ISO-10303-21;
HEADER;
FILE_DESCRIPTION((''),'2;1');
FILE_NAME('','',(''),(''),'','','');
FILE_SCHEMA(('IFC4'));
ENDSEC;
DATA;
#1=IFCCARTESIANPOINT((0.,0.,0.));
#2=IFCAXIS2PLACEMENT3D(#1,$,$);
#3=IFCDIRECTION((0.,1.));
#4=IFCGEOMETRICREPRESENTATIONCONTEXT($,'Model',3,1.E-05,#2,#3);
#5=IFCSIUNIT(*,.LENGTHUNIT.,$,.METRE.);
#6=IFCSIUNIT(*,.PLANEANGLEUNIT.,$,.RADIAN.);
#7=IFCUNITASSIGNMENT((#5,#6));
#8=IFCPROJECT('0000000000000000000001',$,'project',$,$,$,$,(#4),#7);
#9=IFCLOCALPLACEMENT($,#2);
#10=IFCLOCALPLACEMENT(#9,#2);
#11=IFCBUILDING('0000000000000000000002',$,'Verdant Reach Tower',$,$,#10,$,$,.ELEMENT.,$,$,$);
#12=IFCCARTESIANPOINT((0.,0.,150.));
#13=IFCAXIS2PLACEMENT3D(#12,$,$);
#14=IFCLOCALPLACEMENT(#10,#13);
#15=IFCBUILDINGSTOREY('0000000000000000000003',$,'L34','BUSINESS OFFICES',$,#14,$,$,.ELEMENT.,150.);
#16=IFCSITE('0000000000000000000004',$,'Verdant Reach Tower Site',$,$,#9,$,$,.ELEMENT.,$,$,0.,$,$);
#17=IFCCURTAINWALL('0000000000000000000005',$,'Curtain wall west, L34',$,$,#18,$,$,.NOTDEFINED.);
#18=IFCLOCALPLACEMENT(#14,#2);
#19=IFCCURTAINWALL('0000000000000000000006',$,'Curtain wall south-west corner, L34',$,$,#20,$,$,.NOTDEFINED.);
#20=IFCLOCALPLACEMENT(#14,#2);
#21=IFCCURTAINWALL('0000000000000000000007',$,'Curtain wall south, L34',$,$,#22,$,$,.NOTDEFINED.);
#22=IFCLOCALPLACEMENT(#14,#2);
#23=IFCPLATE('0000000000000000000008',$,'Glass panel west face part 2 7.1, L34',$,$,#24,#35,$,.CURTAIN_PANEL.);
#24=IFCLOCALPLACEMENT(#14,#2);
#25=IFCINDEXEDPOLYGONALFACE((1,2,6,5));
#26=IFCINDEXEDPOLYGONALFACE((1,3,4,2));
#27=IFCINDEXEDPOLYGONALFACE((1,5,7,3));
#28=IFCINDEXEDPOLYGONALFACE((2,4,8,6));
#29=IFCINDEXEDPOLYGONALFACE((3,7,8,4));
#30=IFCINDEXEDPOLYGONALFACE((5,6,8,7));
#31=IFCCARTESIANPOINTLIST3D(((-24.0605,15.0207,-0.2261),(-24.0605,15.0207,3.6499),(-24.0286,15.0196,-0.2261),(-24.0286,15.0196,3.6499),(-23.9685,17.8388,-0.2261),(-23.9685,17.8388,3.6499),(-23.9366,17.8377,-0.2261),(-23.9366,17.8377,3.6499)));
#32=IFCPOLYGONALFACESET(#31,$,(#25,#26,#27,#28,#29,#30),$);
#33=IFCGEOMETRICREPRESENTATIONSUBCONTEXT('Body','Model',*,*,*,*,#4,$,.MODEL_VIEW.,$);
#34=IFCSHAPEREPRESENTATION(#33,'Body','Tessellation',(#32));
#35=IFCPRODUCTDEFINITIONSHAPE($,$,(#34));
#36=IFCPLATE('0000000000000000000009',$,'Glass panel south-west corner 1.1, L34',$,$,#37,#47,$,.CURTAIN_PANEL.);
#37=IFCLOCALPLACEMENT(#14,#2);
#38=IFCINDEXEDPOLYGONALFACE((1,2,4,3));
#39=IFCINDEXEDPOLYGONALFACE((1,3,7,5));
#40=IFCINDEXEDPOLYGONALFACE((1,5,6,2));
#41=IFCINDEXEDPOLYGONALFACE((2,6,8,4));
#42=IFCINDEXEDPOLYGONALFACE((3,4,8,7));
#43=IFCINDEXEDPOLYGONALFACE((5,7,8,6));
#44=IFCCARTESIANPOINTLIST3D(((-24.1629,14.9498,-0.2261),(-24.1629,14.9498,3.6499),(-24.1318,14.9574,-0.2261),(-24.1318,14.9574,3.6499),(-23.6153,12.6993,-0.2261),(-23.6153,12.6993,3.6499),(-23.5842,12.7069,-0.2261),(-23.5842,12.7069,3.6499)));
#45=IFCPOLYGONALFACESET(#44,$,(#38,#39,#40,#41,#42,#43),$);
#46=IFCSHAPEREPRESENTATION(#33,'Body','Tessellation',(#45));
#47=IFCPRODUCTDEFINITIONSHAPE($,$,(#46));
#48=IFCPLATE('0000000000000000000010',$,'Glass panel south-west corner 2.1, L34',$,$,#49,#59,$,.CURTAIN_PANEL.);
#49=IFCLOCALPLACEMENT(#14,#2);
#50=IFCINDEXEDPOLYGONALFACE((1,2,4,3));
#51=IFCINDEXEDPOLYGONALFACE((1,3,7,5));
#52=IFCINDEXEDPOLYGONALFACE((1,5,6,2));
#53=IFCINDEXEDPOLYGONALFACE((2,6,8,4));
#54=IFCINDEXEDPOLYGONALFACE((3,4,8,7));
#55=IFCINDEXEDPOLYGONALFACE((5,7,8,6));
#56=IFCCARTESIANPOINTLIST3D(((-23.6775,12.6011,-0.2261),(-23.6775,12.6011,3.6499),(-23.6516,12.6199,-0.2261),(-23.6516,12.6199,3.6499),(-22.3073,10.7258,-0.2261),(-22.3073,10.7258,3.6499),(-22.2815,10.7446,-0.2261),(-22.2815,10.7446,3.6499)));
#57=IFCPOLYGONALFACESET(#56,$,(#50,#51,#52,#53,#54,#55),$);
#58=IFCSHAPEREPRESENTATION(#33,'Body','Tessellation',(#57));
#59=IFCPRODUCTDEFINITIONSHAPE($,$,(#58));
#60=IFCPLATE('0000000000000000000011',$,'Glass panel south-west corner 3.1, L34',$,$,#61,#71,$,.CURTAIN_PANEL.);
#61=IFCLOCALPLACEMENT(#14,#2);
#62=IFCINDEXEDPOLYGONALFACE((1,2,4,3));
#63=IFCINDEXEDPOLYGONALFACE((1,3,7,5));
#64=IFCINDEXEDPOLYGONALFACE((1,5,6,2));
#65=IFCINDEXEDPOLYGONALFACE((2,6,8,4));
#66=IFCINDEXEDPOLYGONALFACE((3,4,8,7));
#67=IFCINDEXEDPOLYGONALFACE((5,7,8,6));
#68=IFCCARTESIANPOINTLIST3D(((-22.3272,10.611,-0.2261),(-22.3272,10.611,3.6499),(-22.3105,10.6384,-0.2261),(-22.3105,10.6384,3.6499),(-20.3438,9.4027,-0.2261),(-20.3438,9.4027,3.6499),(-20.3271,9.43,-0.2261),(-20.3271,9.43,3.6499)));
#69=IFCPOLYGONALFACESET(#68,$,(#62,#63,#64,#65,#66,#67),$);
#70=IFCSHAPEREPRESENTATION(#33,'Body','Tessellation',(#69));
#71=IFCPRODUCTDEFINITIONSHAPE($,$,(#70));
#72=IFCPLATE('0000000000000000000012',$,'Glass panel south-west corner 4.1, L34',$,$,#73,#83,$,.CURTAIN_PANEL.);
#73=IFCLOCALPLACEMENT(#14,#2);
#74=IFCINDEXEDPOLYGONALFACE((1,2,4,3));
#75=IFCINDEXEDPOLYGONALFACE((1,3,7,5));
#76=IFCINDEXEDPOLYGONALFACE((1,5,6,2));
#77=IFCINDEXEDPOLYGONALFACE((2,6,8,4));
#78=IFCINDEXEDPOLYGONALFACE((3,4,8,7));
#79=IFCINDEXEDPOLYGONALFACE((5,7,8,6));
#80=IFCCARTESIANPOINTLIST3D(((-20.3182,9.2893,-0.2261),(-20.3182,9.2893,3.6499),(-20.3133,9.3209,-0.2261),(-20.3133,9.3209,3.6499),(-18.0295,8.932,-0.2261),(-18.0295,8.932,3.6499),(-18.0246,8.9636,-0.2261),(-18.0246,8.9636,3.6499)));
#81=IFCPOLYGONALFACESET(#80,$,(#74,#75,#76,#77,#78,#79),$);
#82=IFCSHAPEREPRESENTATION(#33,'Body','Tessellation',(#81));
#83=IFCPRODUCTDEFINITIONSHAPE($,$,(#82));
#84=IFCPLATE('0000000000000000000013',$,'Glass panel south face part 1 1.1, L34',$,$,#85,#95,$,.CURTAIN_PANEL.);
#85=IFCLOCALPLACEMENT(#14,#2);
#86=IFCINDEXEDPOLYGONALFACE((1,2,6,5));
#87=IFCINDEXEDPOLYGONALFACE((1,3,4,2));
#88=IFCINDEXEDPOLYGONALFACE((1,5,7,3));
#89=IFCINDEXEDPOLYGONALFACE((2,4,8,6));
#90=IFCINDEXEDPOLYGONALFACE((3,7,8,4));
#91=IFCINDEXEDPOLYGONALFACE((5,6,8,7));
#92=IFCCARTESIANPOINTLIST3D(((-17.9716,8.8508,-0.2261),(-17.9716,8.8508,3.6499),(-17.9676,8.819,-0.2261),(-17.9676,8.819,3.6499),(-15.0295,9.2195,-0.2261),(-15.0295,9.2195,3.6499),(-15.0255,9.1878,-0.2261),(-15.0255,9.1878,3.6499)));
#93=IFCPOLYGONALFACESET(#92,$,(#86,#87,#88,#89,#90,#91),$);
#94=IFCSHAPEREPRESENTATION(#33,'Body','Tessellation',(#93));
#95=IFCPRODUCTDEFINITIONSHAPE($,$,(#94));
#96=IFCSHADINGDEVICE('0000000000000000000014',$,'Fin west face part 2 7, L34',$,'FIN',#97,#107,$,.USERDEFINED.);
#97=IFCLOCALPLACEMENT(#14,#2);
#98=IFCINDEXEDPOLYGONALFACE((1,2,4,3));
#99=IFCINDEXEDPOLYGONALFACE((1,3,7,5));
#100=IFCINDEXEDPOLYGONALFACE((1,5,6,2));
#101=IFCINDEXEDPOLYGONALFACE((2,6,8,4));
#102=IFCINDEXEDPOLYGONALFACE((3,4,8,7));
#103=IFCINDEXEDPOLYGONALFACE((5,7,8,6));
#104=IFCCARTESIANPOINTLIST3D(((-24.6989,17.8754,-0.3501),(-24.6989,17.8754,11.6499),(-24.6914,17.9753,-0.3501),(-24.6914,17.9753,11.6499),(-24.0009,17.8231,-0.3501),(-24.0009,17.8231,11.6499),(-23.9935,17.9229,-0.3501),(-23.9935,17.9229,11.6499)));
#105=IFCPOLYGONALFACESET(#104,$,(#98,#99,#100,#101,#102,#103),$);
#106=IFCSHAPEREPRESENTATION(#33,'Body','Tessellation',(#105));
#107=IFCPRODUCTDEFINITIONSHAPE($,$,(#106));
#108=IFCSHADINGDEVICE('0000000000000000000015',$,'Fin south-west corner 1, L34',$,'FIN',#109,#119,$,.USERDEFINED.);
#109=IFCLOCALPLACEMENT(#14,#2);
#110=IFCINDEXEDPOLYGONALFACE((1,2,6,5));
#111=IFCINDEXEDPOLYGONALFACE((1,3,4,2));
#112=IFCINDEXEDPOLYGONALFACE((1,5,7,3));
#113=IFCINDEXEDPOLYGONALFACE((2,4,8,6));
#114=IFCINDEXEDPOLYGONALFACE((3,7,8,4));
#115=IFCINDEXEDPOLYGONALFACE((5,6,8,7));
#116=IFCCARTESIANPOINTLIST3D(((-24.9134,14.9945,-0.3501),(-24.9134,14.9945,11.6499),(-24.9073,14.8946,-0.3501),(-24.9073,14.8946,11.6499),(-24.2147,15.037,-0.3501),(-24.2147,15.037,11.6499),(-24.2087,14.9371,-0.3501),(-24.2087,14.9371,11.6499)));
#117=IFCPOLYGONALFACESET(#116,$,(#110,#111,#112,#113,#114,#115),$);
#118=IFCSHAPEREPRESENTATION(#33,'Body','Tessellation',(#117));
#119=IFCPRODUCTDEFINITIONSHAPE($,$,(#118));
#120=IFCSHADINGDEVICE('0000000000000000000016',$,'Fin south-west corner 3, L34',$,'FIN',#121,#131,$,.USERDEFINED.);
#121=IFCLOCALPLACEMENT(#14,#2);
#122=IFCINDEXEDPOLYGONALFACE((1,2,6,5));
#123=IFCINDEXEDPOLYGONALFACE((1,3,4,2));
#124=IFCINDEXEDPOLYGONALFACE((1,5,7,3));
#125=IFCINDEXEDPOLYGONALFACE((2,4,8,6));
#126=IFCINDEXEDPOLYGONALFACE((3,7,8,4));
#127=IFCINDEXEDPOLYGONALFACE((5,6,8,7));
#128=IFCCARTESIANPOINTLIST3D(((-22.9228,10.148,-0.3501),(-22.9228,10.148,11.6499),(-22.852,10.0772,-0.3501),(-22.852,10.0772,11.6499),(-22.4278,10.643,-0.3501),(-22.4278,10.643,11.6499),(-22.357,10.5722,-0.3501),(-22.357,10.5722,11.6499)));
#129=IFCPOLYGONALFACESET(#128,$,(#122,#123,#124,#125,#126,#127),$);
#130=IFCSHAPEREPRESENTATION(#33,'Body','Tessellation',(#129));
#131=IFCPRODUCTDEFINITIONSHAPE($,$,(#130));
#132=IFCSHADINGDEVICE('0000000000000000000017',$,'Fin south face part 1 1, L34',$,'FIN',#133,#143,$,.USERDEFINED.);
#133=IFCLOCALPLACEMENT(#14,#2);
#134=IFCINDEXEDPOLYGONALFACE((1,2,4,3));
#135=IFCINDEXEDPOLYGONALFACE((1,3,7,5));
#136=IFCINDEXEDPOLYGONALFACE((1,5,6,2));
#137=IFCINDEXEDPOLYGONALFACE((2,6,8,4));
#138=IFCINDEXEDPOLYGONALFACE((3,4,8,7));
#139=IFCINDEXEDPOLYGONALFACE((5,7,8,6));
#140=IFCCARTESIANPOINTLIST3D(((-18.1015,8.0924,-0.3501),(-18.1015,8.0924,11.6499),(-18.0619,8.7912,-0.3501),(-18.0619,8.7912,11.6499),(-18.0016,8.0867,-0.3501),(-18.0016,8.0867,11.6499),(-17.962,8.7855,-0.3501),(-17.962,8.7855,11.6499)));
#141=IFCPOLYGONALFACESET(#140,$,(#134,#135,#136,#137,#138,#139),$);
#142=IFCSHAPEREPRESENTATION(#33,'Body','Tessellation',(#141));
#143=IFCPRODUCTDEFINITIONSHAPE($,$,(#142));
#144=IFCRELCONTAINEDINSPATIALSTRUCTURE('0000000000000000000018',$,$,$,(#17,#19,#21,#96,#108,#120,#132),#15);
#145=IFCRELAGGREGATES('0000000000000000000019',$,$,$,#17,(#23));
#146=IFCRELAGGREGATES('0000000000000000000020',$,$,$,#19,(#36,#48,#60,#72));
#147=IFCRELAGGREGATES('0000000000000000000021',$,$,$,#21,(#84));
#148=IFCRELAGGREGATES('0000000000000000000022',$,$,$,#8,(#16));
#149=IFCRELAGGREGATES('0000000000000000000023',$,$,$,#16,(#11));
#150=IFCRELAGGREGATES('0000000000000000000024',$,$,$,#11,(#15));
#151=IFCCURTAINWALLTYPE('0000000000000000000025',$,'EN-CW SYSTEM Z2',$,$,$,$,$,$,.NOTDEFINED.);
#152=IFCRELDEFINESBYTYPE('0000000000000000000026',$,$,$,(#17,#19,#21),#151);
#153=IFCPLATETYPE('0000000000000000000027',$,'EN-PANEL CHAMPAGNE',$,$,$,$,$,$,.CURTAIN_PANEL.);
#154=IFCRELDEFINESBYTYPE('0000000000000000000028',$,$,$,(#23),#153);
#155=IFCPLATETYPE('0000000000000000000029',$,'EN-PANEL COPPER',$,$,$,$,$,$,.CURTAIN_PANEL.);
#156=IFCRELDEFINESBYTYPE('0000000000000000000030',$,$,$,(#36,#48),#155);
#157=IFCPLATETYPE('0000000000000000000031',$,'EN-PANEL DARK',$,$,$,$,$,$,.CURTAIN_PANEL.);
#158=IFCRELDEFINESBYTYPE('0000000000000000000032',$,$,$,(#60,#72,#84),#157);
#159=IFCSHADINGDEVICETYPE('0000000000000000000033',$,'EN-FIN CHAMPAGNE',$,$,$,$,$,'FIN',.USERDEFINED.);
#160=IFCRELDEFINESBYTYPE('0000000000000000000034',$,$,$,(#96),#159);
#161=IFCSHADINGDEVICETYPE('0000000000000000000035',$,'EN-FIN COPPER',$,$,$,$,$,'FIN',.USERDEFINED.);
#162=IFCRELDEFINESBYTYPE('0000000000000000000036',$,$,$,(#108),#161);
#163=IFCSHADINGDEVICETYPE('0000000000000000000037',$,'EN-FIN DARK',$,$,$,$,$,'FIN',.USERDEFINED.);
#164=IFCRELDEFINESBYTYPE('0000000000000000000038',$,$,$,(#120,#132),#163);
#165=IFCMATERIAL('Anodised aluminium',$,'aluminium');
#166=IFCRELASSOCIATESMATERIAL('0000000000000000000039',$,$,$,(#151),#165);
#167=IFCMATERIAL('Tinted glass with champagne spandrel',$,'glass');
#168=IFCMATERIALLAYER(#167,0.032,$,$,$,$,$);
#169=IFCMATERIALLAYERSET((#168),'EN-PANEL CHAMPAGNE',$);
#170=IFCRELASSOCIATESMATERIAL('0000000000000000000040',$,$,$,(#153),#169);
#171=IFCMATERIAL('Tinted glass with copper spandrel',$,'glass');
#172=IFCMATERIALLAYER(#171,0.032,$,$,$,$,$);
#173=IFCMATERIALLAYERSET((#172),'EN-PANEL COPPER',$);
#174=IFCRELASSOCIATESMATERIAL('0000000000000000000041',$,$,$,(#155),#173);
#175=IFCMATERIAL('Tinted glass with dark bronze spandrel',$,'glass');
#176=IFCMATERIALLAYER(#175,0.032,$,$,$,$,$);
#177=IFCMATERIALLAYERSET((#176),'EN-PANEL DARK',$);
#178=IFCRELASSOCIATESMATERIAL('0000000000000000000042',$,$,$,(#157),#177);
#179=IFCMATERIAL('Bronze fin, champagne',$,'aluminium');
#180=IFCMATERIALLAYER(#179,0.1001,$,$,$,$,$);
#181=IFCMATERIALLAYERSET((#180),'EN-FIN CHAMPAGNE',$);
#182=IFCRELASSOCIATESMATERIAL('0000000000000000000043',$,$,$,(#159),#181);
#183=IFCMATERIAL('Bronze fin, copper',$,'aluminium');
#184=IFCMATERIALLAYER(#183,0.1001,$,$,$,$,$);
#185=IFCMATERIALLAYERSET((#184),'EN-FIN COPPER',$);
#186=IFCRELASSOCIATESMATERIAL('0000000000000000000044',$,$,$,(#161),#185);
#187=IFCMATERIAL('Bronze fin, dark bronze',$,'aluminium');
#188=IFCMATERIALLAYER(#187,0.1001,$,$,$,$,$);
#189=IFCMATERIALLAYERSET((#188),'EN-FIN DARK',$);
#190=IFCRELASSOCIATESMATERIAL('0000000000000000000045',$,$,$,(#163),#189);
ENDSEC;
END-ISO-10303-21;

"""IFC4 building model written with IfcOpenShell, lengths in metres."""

from ifc_helpers import new_model, si_unit, direction, frame, origin, origin_2d, place, context, subcontext, project, spatial, rectangle, extrude, material, layer, layer_set, type_object, element, aggregate, save


model = new_model("IFC4")

# Units and contexts
model_context = context("Model", 3, precision=1e-05, world=origin(), true_north=direction((0.0, 1.0)))
body_context = subcontext(model_context, "Body", "Model", "MODEL_VIEW")
ifc_project = project(units=[si_unit("LENGTHUNIT", "METRE"), si_unit("PLANEANGLEUNIT", "RADIAN")], contexts=[model_context])

# Site, building, storey
site_placement = place(None, origin())
site = spatial("IfcSite", under=ifc_project, at=site_placement, Name="Verdant Reach Tower Site", CompositionType="ELEMENT", RefElevation=0.0)
building_placement = place(site_placement, origin())
building = spatial("IfcBuilding", under=site, at=building_placement, Name="Verdant Reach Tower", CompositionType="ELEMENT")
storey_placement = place(building_placement, frame((0.0, 0.0, 150.0)))
storey = spatial("IfcBuildingStorey", under=building, at=storey_placement, Name="L34", Description="BUSINESS OFFICES", CompositionType="ELEMENT", Elevation=150.0)

# Curtain wall
ifc_material_1 = material(Name="Anodised aluminium", Category="aluminium")
curtain_wall_type = type_object("IfcCurtainWallType", Name="EN-CW SYSTEM Z2", PredefinedType="NOTDEFINED", material=ifc_material_1)
curtain_wall_1_placement = place(storey_placement, origin())
curtain_wall_1 = element("IfcCurtainWall", 1, at=curtain_wall_1_placement, inside=storey, type_object=curtain_wall_type, Name="Curtain wall west, L34", PredefinedType="NOTDEFINED")

# Curtain walls
curtain_wall_2_placement = place(storey_placement, origin())
curtain_wall_2 = element("IfcCurtainWall", 2, at=curtain_wall_2_placement, inside=storey, type_object=curtain_wall_type, Name="Curtain wall south-west corner, L34", PredefinedType="NOTDEFINED")
curtain_wall_3_placement = place(storey_placement, origin())
curtain_wall_3 = element("IfcCurtainWall", 3, at=curtain_wall_3_placement, inside=storey, type_object=curtain_wall_type, Name="Curtain wall south, L34", PredefinedType="NOTDEFINED")

# Plates
ifc_material_2 = material(Name="Tinted glass with champagne spandrel", Category="glass")
ifc_layer_1 = layer(ifc_material_2, 0.032)
ifc_layer_set_1 = layer_set([ifc_layer_1], Name="EN-PANEL CHAMPAGNE")
plate_type_1 = type_object("IfcPlateType", Name="EN-PANEL CHAMPAGNE", PredefinedType="CURTAIN_PANEL", material=ifc_layer_set_1)
plate_1_placement = place(storey_placement, frame((-23.9985, 16.4292, -0.2261), z_axis=(0.0, 0.0, 1.0), x_axis=(-0.032628, -0.999468, 0.0)))
plate_1 = element("IfcPlate", 4, at=plate_1_placement, type_object=plate_type_1, Name="Glass panel west face part 2 7.1, L34", PredefinedType="CURTAIN_PANEL", context=body_context, shape_type="SweptSolid", body=[
    extrude(rectangle(XDim=2.8196, YDim=0.032, at=origin_2d()), origin(), (0.0, 0.0, 1.0), 3.876),
])
aggregate(curtain_wall_1, [plate_1])
ifc_material_3 = material(Name="Tinted glass with copper spandrel", Category="glass")
ifc_layer_2 = layer(ifc_material_3, 0.032)
ifc_layer_set_2 = layer_set([ifc_layer_2], Name="EN-PANEL COPPER")
plate_type_2 = type_object("IfcPlateType", Name="EN-PANEL COPPER", PredefinedType="CURTAIN_PANEL", material=ifc_layer_set_2)
plate_2_placement = place(storey_placement, frame((-23.8735, 13.8284, -0.2261), z_axis=(0.0, 0.0, 1.0), x_axis=(0.236416, -0.971652, 0.0)))
plate_2 = element("IfcPlate", 5, at=plate_2_placement, type_object=plate_type_2, Name="Glass panel south-west corner 1.1, L34", PredefinedType="CURTAIN_PANEL", context=body_context, shape_type="SweptSolid", body=[
    extrude(rectangle(XDim=2.3162, YDim=0.032, at=origin_2d()), origin(), (0.0, 0.0, 1.0), 3.876),
])
plate_3_placement = place(storey_placement, frame((-22.9795, 11.6729, -0.2261), z_axis=(0.0, 0.0, 1.0), x_axis=(0.589927, -0.807457, 0.0)))
plate_3 = element("IfcPlate", 6, at=plate_3_placement, type_object=plate_type_2, Name="Glass panel south-west corner 2.1, L34", PredefinedType="CURTAIN_PANEL", context=body_context, shape_type="SweptSolid", body=[
    extrude(rectangle(XDim=2.3225, YDim=0.032, at=origin_2d()), origin(), (0.0, 0.0, 1.0), 3.876),
])
ifc_material_4 = material(Name="Tinted glass with dark bronze spandrel", Category="glass")
ifc_layer_3 = layer(ifc_material_4, 0.032)
ifc_layer_set_3 = layer_set([ifc_layer_3], Name="EN-PANEL DARK")
plate_type_3 = type_object("IfcPlateType", Name="EN-PANEL DARK", PredefinedType="CURTAIN_PANEL", material=ifc_layer_set_3)
plate_4_placement = place(storey_placement, frame((-21.3271, 10.0205, -0.2261), z_axis=(0.0, 0.0, 1.0), x_axis=(0.853989, -0.520292, 0.0)))
plate_4 = element("IfcPlate", 7, at=plate_4_placement, type_object=plate_type_3, Name="Glass panel south-west corner 3.1, L34", PredefinedType="CURTAIN_PANEL", context=body_context, shape_type="SweptSolid", body=[
    extrude(rectangle(XDim=2.3225, YDim=0.032, at=origin_2d()), origin(), (0.0, 0.0, 1.0), 3.876),
])
plate_5_placement = place(storey_placement, frame((-19.1714, 9.1265, -0.2261), z_axis=(0.0, 0.0, 1.0), x_axis=(0.988031, -0.154256, 0.0)))
plate_5 = element("IfcPlate", 8, at=plate_5_placement, type_object=plate_type_3, Name="Glass panel south-west corner 4.1, L34", PredefinedType="CURTAIN_PANEL", context=body_context, shape_type="SweptSolid", body=[
    extrude(rectangle(XDim=2.3164, YDim=0.032, at=origin_2d()), origin(), (0.0, 0.0, 1.0), 3.876),
])
aggregate(curtain_wall_2, [plate_2, plate_3, plate_4, plate_5])
plate_6_placement = place(storey_placement, frame((-16.4985, 9.0193, -0.2261), z_axis=(0.0, 0.0, 1.0), x_axis=(0.992237, 0.124365, 0.0)))
plate_6 = element("IfcPlate", 9, at=plate_6_placement, type_object=plate_type_3, Name="Glass panel south face part 1 1.1, L34", PredefinedType="CURTAIN_PANEL", context=body_context, shape_type="SweptSolid", body=[
    extrude(rectangle(XDim=2.9651, YDim=0.032, at=origin_2d()), origin(), (0.0, 0.0, 1.0), 3.876),
])
aggregate(curtain_wall_3, [plate_6])

# Shading devices
ifc_material_5 = material(Name="Bronze fin, champagne", Category="aluminium")
ifc_layer_4 = layer(ifc_material_5, 0.1001)
ifc_layer_set_4 = layer_set([ifc_layer_4], Name="EN-FIN CHAMPAGNE")
shading_device_type_1 = type_object("IfcShadingDeviceType", Name="EN-FIN CHAMPAGNE", ElementType="FIN", PredefinedType="USERDEFINED", material=ifc_layer_set_4)
shading_device_1_placement = place(storey_placement, frame((-24.3462, 17.8992, -0.3501), z_axis=(0.0, 0.0, 1.0), x_axis=(-0.07479, -0.997199, 0.0)))
element("IfcShadingDevice", 10, at=shading_device_1_placement, inside=storey, type_object=shading_device_type_1, Name="Fin west face part 2 7, L34", ObjectType="FIN", PredefinedType="USERDEFINED", context=body_context, shape_type="SweptSolid", body=[
    extrude(rectangle(XDim=0.1001, YDim=0.7, at=origin_2d()), origin(), (0.0, 0.0, 1.0), 12.0),
])
ifc_material_6 = material(Name="Bronze fin, copper", Category="aluminium")
ifc_layer_5 = layer(ifc_material_6, 0.1001)
ifc_layer_set_5 = layer_set([ifc_layer_5], Name="EN-FIN COPPER")
shading_device_type_2 = type_object("IfcShadingDeviceType", Name="EN-FIN COPPER", ElementType="FIN", PredefinedType="USERDEFINED", material=ifc_layer_set_5)
shading_device_2_placement = place(storey_placement, frame((-24.561, 14.9658, -0.3501), z_axis=(0.0, 0.0, 1.0), x_axis=(0.060703, -0.998156, 0.0)))
element("IfcShadingDevice", 11, at=shading_device_2_placement, inside=storey, type_object=shading_device_type_2, Name="Fin south-west corner 1, L34", ObjectType="FIN", PredefinedType="USERDEFINED", context=body_context, shape_type="SweptSolid", body=[
    extrude(rectangle(XDim=0.1001, YDim=0.7, at=origin_2d()), origin(), (0.0, 0.0, 1.0), 12.0),
])
ifc_material_7 = material(Name="Bronze fin, dark bronze", Category="aluminium")
ifc_layer_6 = layer(ifc_material_7, 0.1001)
ifc_layer_set_6 = layer_set([ifc_layer_6], Name="EN-FIN DARK")
shading_device_type_3 = type_object("IfcShadingDeviceType", Name="EN-FIN DARK", ElementType="FIN", PredefinedType="USERDEFINED", material=ifc_layer_set_6)
for number, where, z_axis, x_axis, name in (
    (12, (-22.6399, 10.3601, -0.3501), (0.0, 0.0, 1.0), (0.707107, -0.707107, 0.0), "Fin south-west corner 3, L34"),
    (13, (-18.0317, 8.439, -0.3501), (0.0, 0.0, 1.0), (0.998399, -0.056569, 0.0), "Fin south face part 1 1, L34"),
):
    element("IfcShadingDevice", number, at=place(storey_placement, frame(where, z_axis=z_axis, x_axis=x_axis)), inside=storey, type_object=shading_device_type_3, Name=name, ObjectType="FIN", PredefinedType="USERDEFINED", context=body_context, shape_type="SweptSolid", body=[
        extrude(rectangle(XDim=0.1001, YDim=0.7, at=origin_2d()), origin(), (0.0, 0.0, 1.0), 12.0),
    ])

save(model, "model.ifc")
